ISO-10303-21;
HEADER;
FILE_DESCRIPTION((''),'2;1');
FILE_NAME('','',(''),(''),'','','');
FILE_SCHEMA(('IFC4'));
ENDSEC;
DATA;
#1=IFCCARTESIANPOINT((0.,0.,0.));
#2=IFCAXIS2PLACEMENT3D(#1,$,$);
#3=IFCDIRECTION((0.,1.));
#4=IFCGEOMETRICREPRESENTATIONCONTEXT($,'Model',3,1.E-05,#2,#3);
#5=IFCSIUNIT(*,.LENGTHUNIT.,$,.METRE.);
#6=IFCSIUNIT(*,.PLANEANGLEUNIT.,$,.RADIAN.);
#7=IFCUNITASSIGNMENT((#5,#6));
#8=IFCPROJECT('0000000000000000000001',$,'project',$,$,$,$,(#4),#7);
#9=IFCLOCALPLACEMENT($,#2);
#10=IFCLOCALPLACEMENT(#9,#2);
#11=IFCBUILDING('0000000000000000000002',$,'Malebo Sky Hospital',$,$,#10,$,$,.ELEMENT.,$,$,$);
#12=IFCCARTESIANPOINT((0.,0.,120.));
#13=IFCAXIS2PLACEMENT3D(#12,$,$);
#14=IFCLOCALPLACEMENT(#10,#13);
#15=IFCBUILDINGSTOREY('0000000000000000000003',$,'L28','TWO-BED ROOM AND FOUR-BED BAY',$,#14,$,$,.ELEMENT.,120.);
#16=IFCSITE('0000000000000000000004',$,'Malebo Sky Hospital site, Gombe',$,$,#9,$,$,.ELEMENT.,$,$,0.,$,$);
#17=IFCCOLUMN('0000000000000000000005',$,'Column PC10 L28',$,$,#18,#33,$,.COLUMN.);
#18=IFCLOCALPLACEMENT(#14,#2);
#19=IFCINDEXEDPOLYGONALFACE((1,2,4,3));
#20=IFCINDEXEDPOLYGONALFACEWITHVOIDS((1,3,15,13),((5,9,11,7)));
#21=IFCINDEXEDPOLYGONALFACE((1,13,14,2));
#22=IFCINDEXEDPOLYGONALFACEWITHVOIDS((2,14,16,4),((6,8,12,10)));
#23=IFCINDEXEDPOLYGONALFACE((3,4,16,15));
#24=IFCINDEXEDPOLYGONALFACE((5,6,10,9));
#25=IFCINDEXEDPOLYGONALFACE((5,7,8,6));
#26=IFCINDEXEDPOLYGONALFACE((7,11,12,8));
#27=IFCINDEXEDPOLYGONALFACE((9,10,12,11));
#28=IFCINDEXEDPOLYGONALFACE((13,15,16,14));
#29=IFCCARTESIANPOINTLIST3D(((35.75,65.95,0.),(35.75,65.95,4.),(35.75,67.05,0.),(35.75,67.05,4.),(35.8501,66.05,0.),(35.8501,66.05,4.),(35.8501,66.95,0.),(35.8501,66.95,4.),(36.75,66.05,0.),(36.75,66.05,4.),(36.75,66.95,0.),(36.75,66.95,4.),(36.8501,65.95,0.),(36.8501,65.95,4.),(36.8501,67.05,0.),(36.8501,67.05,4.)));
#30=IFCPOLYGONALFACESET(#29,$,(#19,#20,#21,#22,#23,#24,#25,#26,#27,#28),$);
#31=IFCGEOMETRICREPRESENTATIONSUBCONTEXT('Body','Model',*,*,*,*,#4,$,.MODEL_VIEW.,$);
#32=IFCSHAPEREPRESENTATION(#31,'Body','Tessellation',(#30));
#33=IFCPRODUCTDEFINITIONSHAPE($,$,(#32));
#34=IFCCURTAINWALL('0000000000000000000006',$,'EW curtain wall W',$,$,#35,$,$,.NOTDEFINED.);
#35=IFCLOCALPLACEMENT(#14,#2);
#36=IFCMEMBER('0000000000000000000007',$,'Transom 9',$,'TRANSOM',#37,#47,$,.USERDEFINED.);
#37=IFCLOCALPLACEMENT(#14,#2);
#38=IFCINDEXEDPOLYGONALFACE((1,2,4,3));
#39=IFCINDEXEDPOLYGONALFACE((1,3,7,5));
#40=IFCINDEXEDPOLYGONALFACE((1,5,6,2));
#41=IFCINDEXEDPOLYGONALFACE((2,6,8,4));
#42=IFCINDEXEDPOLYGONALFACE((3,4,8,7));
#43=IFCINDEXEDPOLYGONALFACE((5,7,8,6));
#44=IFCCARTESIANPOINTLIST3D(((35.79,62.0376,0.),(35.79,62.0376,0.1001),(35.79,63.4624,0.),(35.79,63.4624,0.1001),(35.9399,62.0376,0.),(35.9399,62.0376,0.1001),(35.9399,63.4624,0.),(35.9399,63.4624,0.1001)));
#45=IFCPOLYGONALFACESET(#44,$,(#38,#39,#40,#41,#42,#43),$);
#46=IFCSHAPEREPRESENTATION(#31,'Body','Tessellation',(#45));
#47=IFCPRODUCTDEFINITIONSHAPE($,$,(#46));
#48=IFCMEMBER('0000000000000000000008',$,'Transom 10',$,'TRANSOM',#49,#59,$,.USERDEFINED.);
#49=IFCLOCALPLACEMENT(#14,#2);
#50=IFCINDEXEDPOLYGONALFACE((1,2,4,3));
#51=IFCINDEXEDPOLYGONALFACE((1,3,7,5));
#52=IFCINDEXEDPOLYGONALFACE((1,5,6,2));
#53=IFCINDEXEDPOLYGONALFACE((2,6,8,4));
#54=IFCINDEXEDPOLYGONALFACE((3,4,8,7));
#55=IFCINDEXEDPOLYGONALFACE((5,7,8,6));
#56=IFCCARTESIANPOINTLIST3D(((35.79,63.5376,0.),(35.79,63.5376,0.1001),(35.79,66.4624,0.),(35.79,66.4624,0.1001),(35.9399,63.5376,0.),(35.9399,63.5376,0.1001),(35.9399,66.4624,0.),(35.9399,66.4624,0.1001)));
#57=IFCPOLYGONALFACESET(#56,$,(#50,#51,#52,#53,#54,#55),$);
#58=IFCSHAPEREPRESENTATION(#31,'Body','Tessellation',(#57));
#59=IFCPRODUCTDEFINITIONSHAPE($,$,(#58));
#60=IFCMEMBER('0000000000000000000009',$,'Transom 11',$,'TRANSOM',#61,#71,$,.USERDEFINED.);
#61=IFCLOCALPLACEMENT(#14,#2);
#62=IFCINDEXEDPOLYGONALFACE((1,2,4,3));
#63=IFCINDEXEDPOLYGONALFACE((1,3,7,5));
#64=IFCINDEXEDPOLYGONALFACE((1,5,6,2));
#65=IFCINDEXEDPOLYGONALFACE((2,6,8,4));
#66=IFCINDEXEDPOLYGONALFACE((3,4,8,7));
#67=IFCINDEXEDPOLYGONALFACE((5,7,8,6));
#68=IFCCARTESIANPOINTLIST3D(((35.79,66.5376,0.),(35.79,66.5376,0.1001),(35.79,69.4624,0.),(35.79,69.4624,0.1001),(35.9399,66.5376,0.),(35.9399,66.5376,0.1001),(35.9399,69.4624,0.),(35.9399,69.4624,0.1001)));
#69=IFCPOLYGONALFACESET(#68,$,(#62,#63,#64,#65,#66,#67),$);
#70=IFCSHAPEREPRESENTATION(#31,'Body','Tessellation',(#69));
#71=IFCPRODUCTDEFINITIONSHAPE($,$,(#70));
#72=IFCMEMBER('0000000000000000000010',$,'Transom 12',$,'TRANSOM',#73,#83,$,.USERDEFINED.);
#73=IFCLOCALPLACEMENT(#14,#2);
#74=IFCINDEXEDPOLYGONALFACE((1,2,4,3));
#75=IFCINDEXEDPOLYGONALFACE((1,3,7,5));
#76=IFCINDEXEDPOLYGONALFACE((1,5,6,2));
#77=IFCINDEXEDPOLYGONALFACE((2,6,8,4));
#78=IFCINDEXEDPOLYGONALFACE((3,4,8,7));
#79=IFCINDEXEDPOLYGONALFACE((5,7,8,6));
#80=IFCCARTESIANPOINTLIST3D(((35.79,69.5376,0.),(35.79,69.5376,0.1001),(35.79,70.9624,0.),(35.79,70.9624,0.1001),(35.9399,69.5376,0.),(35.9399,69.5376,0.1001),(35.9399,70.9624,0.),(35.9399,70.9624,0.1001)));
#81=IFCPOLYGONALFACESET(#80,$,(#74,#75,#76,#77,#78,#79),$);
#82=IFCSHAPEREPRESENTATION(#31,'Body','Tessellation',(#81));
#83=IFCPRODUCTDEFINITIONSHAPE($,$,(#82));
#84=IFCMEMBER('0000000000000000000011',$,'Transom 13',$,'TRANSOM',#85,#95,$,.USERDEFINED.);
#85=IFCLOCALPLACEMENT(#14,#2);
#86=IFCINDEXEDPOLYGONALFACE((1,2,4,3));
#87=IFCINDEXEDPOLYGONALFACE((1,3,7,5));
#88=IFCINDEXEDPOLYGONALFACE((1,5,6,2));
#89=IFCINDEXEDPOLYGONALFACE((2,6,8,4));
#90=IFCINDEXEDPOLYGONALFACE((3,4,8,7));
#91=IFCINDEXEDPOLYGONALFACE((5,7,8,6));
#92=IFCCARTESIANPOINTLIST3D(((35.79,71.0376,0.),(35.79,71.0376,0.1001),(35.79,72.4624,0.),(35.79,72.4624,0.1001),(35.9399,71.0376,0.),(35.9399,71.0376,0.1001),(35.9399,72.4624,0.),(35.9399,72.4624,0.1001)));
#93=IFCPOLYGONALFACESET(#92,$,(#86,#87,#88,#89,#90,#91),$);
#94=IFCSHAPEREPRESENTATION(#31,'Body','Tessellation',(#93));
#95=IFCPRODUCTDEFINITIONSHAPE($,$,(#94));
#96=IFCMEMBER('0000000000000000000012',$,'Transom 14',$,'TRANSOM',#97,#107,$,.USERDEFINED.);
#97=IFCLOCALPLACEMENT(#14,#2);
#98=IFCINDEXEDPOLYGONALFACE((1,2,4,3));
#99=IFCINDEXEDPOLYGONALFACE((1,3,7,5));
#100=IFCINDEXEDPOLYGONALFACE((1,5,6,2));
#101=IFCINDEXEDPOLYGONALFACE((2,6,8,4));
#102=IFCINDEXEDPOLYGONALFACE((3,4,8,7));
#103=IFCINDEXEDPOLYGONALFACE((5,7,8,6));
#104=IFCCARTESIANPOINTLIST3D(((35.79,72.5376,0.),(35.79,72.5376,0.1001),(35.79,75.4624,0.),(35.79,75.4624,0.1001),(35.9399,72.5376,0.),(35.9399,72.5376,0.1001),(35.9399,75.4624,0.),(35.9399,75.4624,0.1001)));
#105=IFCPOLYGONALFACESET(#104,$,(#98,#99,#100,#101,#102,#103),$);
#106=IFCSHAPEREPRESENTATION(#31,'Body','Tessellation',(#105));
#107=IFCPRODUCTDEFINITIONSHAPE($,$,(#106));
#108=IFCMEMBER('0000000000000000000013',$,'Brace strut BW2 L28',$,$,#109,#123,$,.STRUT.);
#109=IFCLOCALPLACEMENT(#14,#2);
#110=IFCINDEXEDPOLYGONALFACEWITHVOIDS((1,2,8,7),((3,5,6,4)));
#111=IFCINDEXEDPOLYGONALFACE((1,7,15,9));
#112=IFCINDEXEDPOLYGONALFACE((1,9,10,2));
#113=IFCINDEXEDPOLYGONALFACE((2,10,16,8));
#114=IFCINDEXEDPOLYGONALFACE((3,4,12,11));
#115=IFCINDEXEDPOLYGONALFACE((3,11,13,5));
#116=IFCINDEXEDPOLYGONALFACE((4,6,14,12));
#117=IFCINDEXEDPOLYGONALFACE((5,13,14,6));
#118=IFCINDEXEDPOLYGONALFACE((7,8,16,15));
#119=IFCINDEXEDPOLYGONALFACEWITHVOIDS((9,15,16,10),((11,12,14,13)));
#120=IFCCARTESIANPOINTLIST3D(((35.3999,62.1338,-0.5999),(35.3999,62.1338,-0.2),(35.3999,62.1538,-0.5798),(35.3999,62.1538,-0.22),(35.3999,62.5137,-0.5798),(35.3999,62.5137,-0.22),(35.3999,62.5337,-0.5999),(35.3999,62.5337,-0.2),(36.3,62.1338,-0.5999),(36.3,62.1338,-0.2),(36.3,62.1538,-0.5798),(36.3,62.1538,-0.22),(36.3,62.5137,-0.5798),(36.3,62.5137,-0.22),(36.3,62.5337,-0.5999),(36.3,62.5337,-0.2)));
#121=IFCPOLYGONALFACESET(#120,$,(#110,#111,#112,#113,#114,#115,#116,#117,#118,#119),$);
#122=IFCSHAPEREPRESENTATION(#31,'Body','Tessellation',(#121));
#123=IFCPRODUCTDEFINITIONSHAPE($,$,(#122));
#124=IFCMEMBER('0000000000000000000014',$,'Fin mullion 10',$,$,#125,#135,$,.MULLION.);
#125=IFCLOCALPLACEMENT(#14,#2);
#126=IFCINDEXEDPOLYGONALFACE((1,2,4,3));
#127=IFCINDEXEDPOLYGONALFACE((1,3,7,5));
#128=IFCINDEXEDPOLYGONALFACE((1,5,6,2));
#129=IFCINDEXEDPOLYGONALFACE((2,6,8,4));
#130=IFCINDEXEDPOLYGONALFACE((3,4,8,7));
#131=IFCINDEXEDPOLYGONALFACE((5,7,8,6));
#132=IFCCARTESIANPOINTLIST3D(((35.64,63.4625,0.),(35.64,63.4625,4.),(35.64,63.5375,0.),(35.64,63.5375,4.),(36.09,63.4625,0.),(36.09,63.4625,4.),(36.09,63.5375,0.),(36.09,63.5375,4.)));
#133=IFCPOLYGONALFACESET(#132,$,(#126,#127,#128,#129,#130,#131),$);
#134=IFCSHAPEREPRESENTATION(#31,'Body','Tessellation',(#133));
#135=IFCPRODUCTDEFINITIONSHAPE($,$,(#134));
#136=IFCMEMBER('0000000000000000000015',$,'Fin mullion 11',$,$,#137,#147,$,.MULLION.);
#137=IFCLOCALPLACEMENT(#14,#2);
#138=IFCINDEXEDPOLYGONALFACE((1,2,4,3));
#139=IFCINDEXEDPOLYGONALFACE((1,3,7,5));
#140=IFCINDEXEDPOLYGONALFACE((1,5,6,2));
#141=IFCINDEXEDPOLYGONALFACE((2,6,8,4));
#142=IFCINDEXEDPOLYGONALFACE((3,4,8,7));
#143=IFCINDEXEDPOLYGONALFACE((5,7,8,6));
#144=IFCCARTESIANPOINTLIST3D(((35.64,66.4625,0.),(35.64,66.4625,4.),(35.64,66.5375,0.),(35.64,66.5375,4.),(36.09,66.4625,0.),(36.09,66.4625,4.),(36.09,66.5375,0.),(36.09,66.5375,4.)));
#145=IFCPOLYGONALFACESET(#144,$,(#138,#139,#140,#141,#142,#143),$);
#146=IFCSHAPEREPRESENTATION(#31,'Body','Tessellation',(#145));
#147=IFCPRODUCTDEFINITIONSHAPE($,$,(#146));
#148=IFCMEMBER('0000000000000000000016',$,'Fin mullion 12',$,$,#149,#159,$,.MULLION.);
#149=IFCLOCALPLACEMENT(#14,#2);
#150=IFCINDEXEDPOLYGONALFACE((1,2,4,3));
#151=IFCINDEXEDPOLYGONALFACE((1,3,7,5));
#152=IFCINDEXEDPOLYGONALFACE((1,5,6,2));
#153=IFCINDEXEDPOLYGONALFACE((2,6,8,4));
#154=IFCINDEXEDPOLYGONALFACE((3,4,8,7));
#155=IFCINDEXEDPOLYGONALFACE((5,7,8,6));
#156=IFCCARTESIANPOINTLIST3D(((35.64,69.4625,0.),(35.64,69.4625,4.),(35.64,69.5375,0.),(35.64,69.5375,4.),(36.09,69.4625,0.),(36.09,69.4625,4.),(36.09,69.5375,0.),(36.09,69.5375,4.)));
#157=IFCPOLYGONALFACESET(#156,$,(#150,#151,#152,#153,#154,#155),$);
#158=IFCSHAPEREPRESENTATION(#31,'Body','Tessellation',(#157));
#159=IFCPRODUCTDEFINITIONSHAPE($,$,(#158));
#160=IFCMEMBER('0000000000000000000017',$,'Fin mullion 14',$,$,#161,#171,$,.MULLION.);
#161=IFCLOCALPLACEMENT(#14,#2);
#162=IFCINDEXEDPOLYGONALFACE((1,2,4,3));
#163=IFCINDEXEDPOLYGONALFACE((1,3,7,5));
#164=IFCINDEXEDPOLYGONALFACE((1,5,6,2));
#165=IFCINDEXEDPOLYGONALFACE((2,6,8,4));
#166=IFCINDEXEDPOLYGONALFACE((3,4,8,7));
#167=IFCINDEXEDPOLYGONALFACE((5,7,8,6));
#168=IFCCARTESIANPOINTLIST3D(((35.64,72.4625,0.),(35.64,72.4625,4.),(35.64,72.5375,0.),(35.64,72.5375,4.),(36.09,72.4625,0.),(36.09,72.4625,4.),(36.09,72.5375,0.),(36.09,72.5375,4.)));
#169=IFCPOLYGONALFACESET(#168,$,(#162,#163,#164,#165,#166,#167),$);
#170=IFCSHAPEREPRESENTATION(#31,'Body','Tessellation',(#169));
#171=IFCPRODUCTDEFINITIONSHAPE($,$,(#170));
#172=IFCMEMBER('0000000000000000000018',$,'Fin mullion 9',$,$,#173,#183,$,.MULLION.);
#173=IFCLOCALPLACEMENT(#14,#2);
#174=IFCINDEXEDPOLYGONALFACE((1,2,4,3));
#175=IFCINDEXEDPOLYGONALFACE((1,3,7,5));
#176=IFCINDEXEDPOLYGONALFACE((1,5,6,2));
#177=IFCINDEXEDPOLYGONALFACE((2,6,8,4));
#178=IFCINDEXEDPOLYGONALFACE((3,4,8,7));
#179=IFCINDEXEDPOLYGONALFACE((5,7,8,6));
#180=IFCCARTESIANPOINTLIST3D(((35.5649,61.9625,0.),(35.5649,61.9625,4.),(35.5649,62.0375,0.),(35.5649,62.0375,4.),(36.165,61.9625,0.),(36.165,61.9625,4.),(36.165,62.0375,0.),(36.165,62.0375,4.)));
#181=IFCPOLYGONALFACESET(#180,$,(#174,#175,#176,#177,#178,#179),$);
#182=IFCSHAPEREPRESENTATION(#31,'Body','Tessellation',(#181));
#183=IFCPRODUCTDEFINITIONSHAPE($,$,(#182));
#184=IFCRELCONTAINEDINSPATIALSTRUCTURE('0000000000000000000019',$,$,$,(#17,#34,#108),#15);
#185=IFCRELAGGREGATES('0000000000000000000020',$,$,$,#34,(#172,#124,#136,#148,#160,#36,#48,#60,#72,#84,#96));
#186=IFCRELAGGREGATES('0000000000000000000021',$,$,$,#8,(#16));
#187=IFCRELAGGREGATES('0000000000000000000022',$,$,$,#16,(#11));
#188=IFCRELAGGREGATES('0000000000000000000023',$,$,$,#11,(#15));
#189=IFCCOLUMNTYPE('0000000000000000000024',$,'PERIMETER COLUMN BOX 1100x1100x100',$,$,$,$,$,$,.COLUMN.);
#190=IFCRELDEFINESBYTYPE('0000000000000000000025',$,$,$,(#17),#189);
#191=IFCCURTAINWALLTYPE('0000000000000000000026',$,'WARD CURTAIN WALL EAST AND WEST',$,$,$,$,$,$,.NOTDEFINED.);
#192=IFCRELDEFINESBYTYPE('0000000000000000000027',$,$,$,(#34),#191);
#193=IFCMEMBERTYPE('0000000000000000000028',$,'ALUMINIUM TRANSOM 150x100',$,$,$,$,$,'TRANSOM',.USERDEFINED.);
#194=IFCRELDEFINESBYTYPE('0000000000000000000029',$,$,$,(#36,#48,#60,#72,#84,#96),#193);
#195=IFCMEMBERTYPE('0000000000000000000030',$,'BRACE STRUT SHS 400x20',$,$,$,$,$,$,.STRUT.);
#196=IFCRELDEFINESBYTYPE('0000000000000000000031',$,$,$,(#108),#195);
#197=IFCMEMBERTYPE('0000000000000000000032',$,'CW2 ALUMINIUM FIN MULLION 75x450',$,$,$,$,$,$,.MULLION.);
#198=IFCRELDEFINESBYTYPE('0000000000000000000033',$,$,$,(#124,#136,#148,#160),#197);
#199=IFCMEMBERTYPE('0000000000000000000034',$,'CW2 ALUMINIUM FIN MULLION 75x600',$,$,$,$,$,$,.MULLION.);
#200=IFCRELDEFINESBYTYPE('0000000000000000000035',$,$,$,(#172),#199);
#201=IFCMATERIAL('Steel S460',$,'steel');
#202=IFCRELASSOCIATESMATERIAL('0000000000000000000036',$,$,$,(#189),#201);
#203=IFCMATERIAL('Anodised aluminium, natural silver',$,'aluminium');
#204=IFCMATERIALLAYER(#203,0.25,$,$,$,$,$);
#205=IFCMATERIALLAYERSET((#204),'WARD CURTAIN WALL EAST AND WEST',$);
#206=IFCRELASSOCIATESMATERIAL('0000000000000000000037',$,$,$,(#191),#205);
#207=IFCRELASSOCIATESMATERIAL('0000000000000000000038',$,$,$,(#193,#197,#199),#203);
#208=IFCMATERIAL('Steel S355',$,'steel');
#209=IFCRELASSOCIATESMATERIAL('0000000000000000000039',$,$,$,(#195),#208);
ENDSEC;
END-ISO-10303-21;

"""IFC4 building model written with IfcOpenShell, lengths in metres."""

from ifc_helpers import new_model, si_unit, direction, frame, origin, origin_2d, place, context, subcontext, project, spatial, rectangle, hollow_rectangle, extrude, material, layer, layer_set, material_profile, profile_set, type_object, element, aggregate, save


model = new_model("IFC4")

# Units and contexts
model_context = context("Model", 3, precision=1e-05, world=origin(), true_north=direction((0.0, 1.0)))
body_context = subcontext(model_context, "Body", "Model", "MODEL_VIEW")
ifc_project = project(units=[si_unit("LENGTHUNIT", "METRE"), si_unit("PLANEANGLEUNIT", "RADIAN")], contexts=[model_context])

# Site, building, storey
site_placement = place(None, origin())
site = spatial("IfcSite", under=ifc_project, at=site_placement, Name="Malebo Sky Hospital site, Gombe", CompositionType="ELEMENT", RefElevation=0.0)
building_placement = place(site_placement, origin())
building = spatial("IfcBuilding", under=site, at=building_placement, Name="Malebo Sky Hospital", CompositionType="ELEMENT")
storey_placement = place(building_placement, frame((0.0, 0.0, 120.0)))
storey = spatial("IfcBuildingStorey", under=building, at=storey_placement, Name="L28", Description="TWO-BED ROOM AND FOUR-BED BAY", CompositionType="ELEMENT", Elevation=120.0)

# Column
ifc_material_1 = material(Name="Steel S460", Category="steel")
ifc_material_profile_1 = material_profile(ifc_material_1, hollow_rectangle(XDim=1.1001, YDim=1.1001, WallThickness=0.1001, at=origin_2d()), Name="BOX 1100x1100x100")
ifc_profile_set_1 = profile_set([ifc_material_profile_1], Name="Steel S460")
column_type = type_object("IfcColumnType", Name="PERIMETER COLUMN BOX 1100x1100x100", PredefinedType="COLUMN", material=ifc_profile_set_1)
column_placement = place(storey_placement, frame((36.3, 66.5, 0.0), z_axis=(0.0, 0.0, 1.0), x_axis=(1.0, 0.0, 0.0)))
element("IfcColumn", 1, at=column_placement, inside=storey, type_object=column_type, Name="Column PC10 L28", PredefinedType="COLUMN", context=body_context, shape_type="SweptSolid", body=[
    extrude(hollow_rectangle(XDim=1.1001, YDim=1.1001, WallThickness=0.1001, at=origin_2d()), origin(), (0.0, 0.0, 1.0), 4.0),
])

# Curtain wall, members
ifc_material_2 = material(Name="Anodised aluminium, natural silver", Category="aluminium")
ifc_layer_1 = layer(ifc_material_2, 0.25)
ifc_layer_set_1 = layer_set([ifc_layer_1], Name="WARD CURTAIN WALL EAST AND WEST")
curtain_wall_type = type_object("IfcCurtainWallType", Name="WARD CURTAIN WALL EAST AND WEST", PredefinedType="NOTDEFINED", material=ifc_layer_set_1)
curtain_wall_placement = place(storey_placement, origin())
curtain_wall = element("IfcCurtainWall", 2, at=curtain_wall_placement, inside=storey, type_object=curtain_wall_type, Name="EW curtain wall W", PredefinedType="NOTDEFINED")
ifc_material_profile_2 = material_profile(ifc_material_2, rectangle(XDim=0.1499, YDim=0.1001, at=origin_2d()), Name="ALUMINIUM TRANSOM 150x100")
ifc_profile_set_2 = profile_set([ifc_material_profile_2], Name="Anodised aluminium, natural silver")
member_type_1 = type_object("IfcMemberType", Name="ALUMINIUM TRANSOM 150x100", ElementType="TRANSOM", PredefinedType="USERDEFINED", material=ifc_profile_set_2)
member_1_placement = place(storey_placement, frame((35.865, 62.0376, 0.05), z_axis=(0.0, 1.0, 0.0), x_axis=(-1.0, 0.0, 0.0)))
member_1 = element("IfcMember", 3, at=member_1_placement, type_object=member_type_1, Name="Transom 9", ObjectType="TRANSOM", PredefinedType="USERDEFINED", context=body_context, shape_type="SweptSolid", body=[
    extrude(rectangle(XDim=0.1499, YDim=0.1001, at=origin_2d()), origin(), (0.0, 0.0, 1.0), 1.4248),
])
member_2_placement = place(storey_placement, frame((35.865, 63.5376, 0.05), z_axis=(0.0, 1.0, 0.0), x_axis=(-1.0, 0.0, 0.0)))
member_2 = element("IfcMember", 4, at=member_2_placement, type_object=member_type_1, Name="Transom 10", ObjectType="TRANSOM", PredefinedType="USERDEFINED", context=body_context, shape_type="SweptSolid", body=[
    extrude(rectangle(XDim=0.1499, YDim=0.1001, at=origin_2d()), origin(), (0.0, 0.0, 1.0), 2.9248),
])
member_3_placement = place(storey_placement, frame((35.865, 66.5376, 0.05), z_axis=(0.0, 1.0, 0.0), x_axis=(-1.0, 0.0, 0.0)))
member_3 = element("IfcMember", 5, at=member_3_placement, type_object=member_type_1, Name="Transom 11", ObjectType="TRANSOM", PredefinedType="USERDEFINED", context=body_context, shape_type="SweptSolid", body=[
    extrude(rectangle(XDim=0.1499, YDim=0.1001, at=origin_2d()), origin(), (0.0, 0.0, 1.0), 2.9248),
])
member_4_placement = place(storey_placement, frame((35.865, 69.5376, 0.05), z_axis=(0.0, 1.0, 0.0), x_axis=(-1.0, 0.0, 0.0)))
member_4 = element("IfcMember", 6, at=member_4_placement, type_object=member_type_1, Name="Transom 12", ObjectType="TRANSOM", PredefinedType="USERDEFINED", context=body_context, shape_type="SweptSolid", body=[
    extrude(rectangle(XDim=0.1499, YDim=0.1001, at=origin_2d()), origin(), (0.0, 0.0, 1.0), 1.4248),
])
member_5_placement = place(storey_placement, frame((35.865, 71.0376, 0.05), z_axis=(0.0, 1.0, 0.0), x_axis=(-1.0, 0.0, 0.0)))
member_5 = element("IfcMember", 7, at=member_5_placement, type_object=member_type_1, Name="Transom 13", ObjectType="TRANSOM", PredefinedType="USERDEFINED", context=body_context, shape_type="SweptSolid", body=[
    extrude(rectangle(XDim=0.1499, YDim=0.1001, at=origin_2d()), origin(), (0.0, 0.0, 1.0), 1.4248),
])
member_6_placement = place(storey_placement, frame((35.865, 72.5376, 0.05), z_axis=(0.0, 1.0, 0.0), x_axis=(-1.0, 0.0, 0.0)))
member_6 = element("IfcMember", 8, at=member_6_placement, type_object=member_type_1, Name="Transom 14", ObjectType="TRANSOM", PredefinedType="USERDEFINED", context=body_context, shape_type="SweptSolid", body=[
    extrude(rectangle(XDim=0.1499, YDim=0.1001, at=origin_2d()), origin(), (0.0, 0.0, 1.0), 2.9248),
])

# Members
ifc_material_3 = material(Name="Steel S355", Category="steel")
ifc_material_profile_3 = material_profile(ifc_material_3, hollow_rectangle(XDim=0.3999, YDim=0.3999, WallThickness=0.02, at=origin_2d()), Name="SHS 400x20")
ifc_profile_set_3 = profile_set([ifc_material_profile_3], Name="Steel S355")
member_type_2 = type_object("IfcMemberType", Name="BRACE STRUT SHS 400x20", PredefinedType="STRUT", material=ifc_profile_set_3)
member_7_placement = place(storey_placement, frame((35.3999, 62.3337, -0.3999), z_axis=(1.0, 0.0, 0.0), x_axis=(0.0, 1.0, 0.0)))
element("IfcMember", 9, at=member_7_placement, inside=storey, type_object=member_type_2, Name="Brace strut BW2 L28", PredefinedType="STRUT", context=body_context, shape_type="SweptSolid", body=[
    extrude(hollow_rectangle(XDim=0.3999, YDim=0.3999, WallThickness=0.02, at=origin_2d()), origin(), (0.0, 0.0, 1.0), 0.9001),
])
ifc_material_profile_4 = material_profile(ifc_material_2, rectangle(XDim=0.075, YDim=0.45, at=origin_2d()), Name="CW2 ALUMINIUM FIN MULLION 75x450")
ifc_profile_set_4 = profile_set([ifc_material_profile_4], Name="Anodised aluminium, natural silver")
member_type_3 = type_object("IfcMemberType", Name="CW2 ALUMINIUM FIN MULLION 75x450", PredefinedType="MULLION", material=ifc_profile_set_4)
member_8_placement = place(storey_placement, frame((35.865, 63.5, 0.0), z_axis=(0.0, 0.0, 1.0), x_axis=(0.0, 1.0, 0.0)))
member_8 = element("IfcMember", 10, at=member_8_placement, type_object=member_type_3, Name="Fin mullion 10", PredefinedType="MULLION", context=body_context, shape_type="SweptSolid", body=[
    extrude(rectangle(XDim=0.075, YDim=0.45, at=origin_2d()), origin(), (0.0, 0.0, 1.0), 4.0),
])
member_9_placement = place(storey_placement, frame((35.865, 66.5, 0.0), z_axis=(0.0, 0.0, 1.0), x_axis=(0.0, 1.0, 0.0)))
member_9 = element("IfcMember", 11, at=member_9_placement, type_object=member_type_3, Name="Fin mullion 11", PredefinedType="MULLION", context=body_context, shape_type="SweptSolid", body=[
    extrude(rectangle(XDim=0.075, YDim=0.45, at=origin_2d()), origin(), (0.0, 0.0, 1.0), 4.0),
])
member_10_placement = place(storey_placement, frame((35.865, 69.5, 0.0), z_axis=(0.0, 0.0, 1.0), x_axis=(0.0, 1.0, 0.0)))
member_10 = element("IfcMember", 12, at=member_10_placement, type_object=member_type_3, Name="Fin mullion 12", PredefinedType="MULLION", context=body_context, shape_type="SweptSolid", body=[
    extrude(rectangle(XDim=0.075, YDim=0.45, at=origin_2d()), origin(), (0.0, 0.0, 1.0), 4.0),
])
member_11_placement = place(storey_placement, frame((35.865, 72.5, 0.0), z_axis=(0.0, 0.0, 1.0), x_axis=(0.0, 1.0, 0.0)))
member_11 = element("IfcMember", 13, at=member_11_placement, type_object=member_type_3, Name="Fin mullion 14", PredefinedType="MULLION", context=body_context, shape_type="SweptSolid", body=[
    extrude(rectangle(XDim=0.075, YDim=0.45, at=origin_2d()), origin(), (0.0, 0.0, 1.0), 4.0),
])
ifc_material_profile_5 = material_profile(ifc_material_2, rectangle(XDim=0.075, YDim=0.6001, at=origin_2d()), Name="CW2 ALUMINIUM FIN MULLION 75x600")
ifc_profile_set_5 = profile_set([ifc_material_profile_5], Name="Anodised aluminium, natural silver")
member_type_4 = type_object("IfcMemberType", Name="CW2 ALUMINIUM FIN MULLION 75x600", PredefinedType="MULLION", material=ifc_profile_set_5)
member_12_placement = place(storey_placement, frame((35.865, 62.0, 0.0), z_axis=(0.0, 0.0, 1.0), x_axis=(0.0, 1.0, 0.0)))
member_12 = element("IfcMember", 14, at=member_12_placement, type_object=member_type_4, Name="Fin mullion 9", PredefinedType="MULLION", context=body_context, shape_type="SweptSolid", body=[
    extrude(rectangle(XDim=0.075, YDim=0.6001, at=origin_2d()), origin(), (0.0, 0.0, 1.0), 4.0),
])

aggregate(curtain_wall, [member_12, member_8, member_9, member_10, member_11, member_1, member_2, member_3, member_4, member_5, member_6])

save(model, "model.ifc")
